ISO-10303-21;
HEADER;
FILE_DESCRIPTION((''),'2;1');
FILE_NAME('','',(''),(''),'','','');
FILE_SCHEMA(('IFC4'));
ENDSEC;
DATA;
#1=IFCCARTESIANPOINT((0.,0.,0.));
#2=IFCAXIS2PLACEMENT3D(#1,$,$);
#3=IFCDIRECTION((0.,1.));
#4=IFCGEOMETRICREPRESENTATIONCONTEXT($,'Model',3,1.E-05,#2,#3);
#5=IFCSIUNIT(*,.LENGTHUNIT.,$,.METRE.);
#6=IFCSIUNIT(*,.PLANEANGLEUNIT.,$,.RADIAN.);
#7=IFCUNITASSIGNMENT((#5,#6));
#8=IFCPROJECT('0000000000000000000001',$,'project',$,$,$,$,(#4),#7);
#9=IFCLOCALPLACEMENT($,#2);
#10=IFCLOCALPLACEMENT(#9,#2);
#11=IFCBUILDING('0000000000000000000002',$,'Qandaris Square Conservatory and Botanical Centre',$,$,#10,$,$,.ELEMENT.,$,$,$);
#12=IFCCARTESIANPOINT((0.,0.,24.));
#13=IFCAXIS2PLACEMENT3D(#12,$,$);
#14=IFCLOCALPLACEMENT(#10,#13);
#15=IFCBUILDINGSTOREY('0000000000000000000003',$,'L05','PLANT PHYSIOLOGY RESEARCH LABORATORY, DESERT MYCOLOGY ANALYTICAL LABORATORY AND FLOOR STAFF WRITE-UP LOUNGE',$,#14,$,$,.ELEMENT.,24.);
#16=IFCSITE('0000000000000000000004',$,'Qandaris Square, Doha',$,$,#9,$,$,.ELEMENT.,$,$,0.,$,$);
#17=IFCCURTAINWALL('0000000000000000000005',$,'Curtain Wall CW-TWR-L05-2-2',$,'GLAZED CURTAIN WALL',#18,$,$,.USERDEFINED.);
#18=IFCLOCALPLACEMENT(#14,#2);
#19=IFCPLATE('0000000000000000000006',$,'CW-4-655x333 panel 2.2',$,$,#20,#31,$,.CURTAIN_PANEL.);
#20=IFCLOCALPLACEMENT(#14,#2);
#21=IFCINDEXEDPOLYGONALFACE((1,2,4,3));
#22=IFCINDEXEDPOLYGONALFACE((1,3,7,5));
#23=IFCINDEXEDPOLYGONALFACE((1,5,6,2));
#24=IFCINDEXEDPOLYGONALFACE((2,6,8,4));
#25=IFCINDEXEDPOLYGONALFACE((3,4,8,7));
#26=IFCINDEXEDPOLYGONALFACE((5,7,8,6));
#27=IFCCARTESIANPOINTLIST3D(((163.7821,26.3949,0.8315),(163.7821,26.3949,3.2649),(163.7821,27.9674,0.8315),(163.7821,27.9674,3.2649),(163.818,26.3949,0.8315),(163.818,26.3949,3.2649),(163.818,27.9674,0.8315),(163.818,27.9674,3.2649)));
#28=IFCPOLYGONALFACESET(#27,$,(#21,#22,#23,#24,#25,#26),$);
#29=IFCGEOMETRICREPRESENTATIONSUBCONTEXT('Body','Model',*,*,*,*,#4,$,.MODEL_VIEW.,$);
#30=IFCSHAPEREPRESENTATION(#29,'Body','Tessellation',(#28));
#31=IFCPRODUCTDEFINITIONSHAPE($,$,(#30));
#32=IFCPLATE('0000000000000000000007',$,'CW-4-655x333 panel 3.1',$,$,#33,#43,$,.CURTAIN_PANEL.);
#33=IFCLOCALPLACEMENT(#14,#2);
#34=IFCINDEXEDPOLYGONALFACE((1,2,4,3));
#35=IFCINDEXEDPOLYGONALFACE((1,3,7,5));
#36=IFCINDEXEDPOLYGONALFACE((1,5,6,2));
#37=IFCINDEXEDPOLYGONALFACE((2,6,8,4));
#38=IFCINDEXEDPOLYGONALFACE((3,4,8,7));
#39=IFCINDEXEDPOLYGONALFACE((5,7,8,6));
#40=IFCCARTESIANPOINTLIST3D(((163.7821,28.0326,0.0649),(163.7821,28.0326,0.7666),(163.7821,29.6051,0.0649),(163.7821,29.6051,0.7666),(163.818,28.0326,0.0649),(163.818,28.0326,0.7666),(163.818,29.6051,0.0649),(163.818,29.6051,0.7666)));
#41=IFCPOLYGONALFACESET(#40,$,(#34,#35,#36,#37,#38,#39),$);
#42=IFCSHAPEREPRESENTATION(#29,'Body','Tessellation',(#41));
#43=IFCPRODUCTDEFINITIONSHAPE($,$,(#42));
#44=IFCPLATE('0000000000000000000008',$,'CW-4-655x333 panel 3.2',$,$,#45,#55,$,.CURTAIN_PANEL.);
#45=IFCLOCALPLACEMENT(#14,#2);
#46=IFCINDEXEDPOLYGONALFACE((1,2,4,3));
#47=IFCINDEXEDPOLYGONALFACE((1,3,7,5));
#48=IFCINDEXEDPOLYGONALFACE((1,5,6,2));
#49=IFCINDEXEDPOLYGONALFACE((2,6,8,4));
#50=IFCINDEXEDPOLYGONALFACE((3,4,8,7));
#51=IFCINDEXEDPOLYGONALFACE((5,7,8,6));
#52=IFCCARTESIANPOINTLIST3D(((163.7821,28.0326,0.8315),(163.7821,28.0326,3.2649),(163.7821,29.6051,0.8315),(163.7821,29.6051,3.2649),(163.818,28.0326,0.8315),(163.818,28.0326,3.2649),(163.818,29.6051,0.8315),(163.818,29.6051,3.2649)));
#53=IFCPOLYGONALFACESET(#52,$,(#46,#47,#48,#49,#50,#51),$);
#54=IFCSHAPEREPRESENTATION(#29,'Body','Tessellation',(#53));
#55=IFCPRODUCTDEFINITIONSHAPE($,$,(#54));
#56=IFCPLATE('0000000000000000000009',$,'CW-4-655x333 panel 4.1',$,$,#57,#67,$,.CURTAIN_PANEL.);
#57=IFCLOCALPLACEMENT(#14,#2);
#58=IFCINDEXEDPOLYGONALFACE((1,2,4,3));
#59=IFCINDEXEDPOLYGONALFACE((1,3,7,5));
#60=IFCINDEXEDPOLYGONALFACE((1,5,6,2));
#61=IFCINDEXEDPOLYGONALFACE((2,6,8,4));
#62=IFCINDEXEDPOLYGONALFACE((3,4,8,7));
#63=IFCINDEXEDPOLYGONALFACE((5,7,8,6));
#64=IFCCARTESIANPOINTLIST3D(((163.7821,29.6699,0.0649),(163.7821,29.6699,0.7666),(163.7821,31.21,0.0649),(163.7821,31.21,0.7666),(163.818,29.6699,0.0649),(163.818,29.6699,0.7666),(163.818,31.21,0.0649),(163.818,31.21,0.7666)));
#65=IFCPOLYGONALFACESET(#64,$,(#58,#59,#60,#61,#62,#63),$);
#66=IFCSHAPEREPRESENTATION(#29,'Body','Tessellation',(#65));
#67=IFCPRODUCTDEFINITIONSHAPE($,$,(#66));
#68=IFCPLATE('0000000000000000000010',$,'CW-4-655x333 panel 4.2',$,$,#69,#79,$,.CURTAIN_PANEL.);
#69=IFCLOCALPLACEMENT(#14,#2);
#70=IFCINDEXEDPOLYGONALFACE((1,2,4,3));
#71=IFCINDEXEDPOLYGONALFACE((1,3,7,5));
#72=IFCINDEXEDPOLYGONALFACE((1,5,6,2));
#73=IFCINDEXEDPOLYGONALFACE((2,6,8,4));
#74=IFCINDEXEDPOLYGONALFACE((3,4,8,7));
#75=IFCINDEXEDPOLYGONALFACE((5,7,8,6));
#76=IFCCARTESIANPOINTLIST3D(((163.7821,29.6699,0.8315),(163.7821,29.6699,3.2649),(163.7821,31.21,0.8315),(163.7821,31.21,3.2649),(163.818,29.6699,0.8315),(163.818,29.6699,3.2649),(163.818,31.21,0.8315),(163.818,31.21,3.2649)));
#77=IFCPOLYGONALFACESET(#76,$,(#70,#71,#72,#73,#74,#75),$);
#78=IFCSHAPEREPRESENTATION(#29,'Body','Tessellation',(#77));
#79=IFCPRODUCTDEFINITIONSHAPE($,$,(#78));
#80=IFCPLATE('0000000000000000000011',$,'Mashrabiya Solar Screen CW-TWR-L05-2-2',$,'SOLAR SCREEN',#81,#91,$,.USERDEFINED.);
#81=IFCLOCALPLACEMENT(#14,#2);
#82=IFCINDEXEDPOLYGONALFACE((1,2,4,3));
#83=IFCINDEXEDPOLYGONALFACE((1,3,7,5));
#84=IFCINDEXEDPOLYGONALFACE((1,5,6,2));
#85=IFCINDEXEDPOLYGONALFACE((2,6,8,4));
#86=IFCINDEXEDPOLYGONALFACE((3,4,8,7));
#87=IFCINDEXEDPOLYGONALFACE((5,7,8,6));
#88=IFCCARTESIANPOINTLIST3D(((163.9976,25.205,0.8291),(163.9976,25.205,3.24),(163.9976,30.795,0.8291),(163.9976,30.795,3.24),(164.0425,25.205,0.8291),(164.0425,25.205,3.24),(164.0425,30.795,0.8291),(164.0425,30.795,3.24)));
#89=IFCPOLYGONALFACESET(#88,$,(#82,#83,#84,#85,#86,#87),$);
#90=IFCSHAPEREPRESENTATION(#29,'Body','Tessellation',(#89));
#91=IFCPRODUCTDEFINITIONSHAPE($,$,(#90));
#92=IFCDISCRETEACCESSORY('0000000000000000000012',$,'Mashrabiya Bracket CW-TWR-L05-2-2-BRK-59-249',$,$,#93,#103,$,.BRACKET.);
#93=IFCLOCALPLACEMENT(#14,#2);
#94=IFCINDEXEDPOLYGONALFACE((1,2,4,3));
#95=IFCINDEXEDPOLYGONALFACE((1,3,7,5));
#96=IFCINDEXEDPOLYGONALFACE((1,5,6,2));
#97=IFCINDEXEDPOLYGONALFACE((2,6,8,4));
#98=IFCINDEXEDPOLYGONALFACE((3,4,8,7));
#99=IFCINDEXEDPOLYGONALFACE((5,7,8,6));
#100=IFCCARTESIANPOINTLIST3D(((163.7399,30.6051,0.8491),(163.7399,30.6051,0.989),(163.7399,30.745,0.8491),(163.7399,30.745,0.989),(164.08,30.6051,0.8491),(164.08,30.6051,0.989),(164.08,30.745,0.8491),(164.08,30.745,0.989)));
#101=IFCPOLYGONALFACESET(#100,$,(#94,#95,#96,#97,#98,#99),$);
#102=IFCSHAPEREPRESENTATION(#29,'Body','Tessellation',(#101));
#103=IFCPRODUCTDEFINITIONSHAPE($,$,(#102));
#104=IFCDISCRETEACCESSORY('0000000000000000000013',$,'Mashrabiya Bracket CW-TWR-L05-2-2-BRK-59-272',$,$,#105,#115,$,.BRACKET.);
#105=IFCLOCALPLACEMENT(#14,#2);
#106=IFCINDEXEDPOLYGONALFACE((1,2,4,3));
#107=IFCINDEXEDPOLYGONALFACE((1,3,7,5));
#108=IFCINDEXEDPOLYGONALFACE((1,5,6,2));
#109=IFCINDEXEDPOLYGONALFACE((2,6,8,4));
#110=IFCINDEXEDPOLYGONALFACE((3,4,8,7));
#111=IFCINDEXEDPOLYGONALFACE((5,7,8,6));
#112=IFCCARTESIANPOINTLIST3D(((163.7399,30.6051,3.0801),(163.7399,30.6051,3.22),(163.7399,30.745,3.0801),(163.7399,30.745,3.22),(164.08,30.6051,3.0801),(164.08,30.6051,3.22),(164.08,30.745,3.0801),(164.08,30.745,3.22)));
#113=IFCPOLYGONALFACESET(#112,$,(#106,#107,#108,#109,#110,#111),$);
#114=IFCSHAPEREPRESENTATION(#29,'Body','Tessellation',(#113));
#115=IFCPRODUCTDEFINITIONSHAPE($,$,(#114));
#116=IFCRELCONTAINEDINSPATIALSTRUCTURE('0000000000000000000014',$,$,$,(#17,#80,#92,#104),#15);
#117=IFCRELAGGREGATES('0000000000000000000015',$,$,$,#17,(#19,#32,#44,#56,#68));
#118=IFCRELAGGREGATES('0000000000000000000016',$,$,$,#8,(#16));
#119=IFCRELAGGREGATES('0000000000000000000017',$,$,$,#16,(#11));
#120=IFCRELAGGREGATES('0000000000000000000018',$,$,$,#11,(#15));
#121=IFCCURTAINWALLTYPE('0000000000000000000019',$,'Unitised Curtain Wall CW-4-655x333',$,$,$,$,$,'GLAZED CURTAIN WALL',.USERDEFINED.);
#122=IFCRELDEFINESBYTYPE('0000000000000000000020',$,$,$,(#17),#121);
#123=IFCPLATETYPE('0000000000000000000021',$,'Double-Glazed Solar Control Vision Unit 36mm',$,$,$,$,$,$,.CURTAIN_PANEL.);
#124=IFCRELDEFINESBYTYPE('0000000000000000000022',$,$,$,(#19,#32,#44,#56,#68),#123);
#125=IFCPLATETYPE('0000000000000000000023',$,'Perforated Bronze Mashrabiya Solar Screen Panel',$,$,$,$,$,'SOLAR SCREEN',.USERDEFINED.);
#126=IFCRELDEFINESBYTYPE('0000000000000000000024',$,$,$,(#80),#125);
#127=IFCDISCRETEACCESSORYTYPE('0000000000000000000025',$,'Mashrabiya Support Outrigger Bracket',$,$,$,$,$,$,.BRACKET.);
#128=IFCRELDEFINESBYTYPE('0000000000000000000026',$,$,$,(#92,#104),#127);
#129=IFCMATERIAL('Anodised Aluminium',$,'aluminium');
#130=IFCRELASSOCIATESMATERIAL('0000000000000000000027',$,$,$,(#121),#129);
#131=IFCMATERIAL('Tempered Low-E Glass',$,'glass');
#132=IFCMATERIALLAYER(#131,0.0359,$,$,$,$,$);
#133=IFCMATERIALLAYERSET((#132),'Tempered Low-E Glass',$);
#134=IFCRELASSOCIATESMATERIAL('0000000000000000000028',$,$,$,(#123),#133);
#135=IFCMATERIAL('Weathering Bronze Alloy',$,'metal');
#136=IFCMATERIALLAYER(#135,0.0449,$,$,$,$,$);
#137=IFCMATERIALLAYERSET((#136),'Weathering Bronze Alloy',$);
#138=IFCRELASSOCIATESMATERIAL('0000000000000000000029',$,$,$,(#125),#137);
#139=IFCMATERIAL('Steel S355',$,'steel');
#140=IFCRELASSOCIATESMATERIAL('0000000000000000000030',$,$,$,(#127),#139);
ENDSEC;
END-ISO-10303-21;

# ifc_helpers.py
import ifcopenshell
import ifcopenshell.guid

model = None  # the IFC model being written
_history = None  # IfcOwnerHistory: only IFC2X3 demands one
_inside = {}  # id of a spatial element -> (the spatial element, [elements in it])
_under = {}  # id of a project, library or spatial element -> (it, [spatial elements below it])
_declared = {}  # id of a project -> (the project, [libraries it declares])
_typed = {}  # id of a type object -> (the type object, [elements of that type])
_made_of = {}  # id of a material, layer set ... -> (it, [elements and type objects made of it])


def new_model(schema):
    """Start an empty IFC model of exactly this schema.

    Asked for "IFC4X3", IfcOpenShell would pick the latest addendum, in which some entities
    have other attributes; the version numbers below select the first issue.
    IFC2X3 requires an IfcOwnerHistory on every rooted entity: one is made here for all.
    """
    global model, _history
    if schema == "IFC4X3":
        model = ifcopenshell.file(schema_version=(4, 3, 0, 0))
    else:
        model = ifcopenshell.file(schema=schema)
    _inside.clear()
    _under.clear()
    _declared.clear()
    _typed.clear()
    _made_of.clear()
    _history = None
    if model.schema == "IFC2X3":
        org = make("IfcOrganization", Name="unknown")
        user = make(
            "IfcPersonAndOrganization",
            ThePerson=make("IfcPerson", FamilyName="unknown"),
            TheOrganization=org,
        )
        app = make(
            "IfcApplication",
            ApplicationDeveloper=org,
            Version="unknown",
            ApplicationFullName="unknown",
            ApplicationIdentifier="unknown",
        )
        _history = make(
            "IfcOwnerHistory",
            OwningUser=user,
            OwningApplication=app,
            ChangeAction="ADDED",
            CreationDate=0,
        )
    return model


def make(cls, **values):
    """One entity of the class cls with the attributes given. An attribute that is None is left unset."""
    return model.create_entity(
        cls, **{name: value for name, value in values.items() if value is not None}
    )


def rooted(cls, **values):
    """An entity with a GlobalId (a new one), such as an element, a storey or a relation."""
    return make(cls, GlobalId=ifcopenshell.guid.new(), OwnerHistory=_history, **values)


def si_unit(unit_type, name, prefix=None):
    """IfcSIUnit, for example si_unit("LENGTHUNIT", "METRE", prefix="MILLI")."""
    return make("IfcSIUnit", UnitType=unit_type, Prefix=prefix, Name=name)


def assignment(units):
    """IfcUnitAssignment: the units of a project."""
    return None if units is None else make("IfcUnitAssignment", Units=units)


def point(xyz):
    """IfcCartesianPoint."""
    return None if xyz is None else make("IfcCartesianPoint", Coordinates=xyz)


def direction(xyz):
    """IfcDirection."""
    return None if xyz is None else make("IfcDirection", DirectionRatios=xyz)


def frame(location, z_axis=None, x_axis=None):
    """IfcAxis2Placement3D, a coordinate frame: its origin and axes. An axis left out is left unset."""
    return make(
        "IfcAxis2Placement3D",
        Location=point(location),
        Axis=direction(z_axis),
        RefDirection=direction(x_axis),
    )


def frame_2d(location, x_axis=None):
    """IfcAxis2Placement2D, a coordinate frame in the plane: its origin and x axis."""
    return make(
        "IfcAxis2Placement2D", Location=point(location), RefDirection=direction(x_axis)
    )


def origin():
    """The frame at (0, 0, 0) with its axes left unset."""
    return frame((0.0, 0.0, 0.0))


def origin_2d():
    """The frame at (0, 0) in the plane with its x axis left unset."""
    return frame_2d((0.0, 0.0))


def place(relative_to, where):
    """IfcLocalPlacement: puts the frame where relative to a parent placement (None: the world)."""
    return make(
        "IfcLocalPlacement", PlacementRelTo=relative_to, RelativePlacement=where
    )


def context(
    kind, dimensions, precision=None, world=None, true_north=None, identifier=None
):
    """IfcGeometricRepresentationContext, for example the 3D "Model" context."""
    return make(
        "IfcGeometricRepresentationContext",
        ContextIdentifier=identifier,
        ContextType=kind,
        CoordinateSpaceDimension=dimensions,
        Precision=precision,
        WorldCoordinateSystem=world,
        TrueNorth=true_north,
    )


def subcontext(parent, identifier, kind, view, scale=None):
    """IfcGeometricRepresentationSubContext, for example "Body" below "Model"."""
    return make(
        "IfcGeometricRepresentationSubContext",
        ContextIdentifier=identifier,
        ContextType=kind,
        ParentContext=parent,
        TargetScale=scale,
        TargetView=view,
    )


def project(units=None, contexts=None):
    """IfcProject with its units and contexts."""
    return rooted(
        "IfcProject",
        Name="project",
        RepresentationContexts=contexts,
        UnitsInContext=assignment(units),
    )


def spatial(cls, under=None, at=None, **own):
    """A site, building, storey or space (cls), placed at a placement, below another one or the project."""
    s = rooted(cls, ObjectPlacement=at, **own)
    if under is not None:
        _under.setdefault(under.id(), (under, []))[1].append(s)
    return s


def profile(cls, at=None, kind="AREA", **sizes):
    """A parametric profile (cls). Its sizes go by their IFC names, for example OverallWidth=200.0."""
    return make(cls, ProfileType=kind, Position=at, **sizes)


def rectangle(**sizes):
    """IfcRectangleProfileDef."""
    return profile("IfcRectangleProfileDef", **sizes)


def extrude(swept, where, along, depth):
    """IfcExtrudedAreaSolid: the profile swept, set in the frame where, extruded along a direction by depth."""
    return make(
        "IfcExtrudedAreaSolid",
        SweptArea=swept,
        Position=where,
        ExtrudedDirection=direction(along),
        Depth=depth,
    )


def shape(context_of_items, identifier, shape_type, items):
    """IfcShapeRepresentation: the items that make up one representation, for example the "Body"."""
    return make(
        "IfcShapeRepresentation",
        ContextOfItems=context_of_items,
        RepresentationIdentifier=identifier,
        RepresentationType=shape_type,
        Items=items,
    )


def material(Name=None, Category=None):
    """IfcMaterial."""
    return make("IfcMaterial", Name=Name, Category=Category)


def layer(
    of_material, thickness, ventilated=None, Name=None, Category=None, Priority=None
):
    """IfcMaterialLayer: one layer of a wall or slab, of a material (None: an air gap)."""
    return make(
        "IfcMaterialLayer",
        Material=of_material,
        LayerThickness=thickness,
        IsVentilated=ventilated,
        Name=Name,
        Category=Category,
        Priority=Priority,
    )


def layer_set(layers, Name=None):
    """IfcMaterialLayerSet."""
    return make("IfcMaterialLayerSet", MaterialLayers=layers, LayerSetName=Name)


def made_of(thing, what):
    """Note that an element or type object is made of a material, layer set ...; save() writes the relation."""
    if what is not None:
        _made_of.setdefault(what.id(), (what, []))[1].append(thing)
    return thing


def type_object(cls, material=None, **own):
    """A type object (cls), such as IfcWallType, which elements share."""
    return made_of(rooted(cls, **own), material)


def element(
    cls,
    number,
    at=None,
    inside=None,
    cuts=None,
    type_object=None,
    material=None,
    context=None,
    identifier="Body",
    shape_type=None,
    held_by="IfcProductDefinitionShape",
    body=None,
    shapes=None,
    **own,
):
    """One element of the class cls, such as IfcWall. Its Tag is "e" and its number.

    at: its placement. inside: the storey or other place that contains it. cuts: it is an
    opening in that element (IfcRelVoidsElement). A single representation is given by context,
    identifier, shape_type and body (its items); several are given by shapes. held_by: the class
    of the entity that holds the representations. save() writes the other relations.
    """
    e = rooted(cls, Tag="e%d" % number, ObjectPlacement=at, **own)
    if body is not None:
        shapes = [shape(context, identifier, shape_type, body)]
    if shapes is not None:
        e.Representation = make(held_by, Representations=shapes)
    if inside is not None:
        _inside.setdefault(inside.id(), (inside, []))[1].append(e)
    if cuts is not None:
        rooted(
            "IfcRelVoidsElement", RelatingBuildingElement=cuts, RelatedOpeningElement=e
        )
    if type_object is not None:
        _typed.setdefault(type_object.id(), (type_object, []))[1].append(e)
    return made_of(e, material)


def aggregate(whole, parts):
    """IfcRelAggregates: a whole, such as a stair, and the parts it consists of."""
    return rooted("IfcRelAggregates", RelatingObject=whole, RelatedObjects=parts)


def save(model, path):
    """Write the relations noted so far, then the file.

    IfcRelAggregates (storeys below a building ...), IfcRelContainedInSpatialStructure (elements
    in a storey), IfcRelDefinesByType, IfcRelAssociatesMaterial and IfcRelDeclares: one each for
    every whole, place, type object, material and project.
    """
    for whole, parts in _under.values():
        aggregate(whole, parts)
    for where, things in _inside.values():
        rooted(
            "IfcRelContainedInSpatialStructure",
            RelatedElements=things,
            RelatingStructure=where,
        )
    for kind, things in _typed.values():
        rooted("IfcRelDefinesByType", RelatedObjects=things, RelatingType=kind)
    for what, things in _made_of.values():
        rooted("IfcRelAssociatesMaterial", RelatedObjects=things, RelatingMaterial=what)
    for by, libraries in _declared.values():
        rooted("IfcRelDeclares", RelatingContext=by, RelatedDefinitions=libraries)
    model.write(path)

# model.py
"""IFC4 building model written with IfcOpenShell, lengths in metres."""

from ifc_helpers import new_model, si_unit, direction, frame, origin, origin_2d, place, context, subcontext, project, spatial, rectangle, extrude, material, layer, layer_set, type_object, element, aggregate, save


model = new_model("IFC4")

# Units and contexts
model_context = context("Model", 3, precision=1e-05, world=origin(), true_north=direction((0.0, 1.0)))
body_context = subcontext(model_context, "Body", "Model", "MODEL_VIEW")
ifc_project = project(units=[si_unit("LENGTHUNIT", "METRE"), si_unit("PLANEANGLEUNIT", "RADIAN")], contexts=[model_context])

# Site, building, storey
site_placement = place(None, origin())
site = spatial("IfcSite", under=ifc_project, at=site_placement, Name="Qandaris Square, Doha", CompositionType="ELEMENT", RefElevation=0.0)
building_placement = place(site_placement, origin())
building = spatial("IfcBuilding", under=site, at=building_placement, Name="Qandaris Square Conservatory and Botanical Centre", CompositionType="ELEMENT")
storey_placement = place(building_placement, frame((0.0, 0.0, 24.0)))
storey = spatial("IfcBuildingStorey", under=building, at=storey_placement, Name="L05", Description="PLANT PHYSIOLOGY RESEARCH LABORATORY, DESERT MYCOLOGY ANALYTICAL LABORATORY AND FLOOR STAFF WRITE-UP LOUNGE", CompositionType="ELEMENT", Elevation=24.0)

# Shared definitions
ifc_material_1 = material(Name="Steel S355", Category="steel")

# Curtain wall, plates
ifc_material_2 = material(Name="Anodised Aluminium", Category="aluminium")
curtain_wall_type = type_object("IfcCurtainWallType", Name="Unitised Curtain Wall CW-4-655x333", ElementType="GLAZED CURTAIN WALL", PredefinedType="USERDEFINED", material=ifc_material_2)
curtain_wall_placement = place(storey_placement, origin())
curtain_wall = element("IfcCurtainWall", 1, at=curtain_wall_placement, inside=storey, type_object=curtain_wall_type, Name="Curtain Wall CW-TWR-L05-2-2", ObjectType="GLAZED CURTAIN WALL", PredefinedType="USERDEFINED")
ifc_material_3 = material(Name="Tempered Low-E Glass", Category="glass")
ifc_layer_1 = layer(ifc_material_3, 0.0359)
ifc_layer_set_1 = layer_set([ifc_layer_1], Name="Tempered Low-E Glass")
plate_type_1 = type_object("IfcPlateType", Name="Double-Glazed Solar Control Vision Unit 36mm", PredefinedType="CURTAIN_PANEL", material=ifc_layer_set_1)
plate_1_placement = place(storey_placement, frame((163.8, 27.1812, 0.8315), z_axis=(0.0, 0.0, 1.0), x_axis=(0.0, 1.0, 0.0)))
plate_1 = element("IfcPlate", 2, at=plate_1_placement, type_object=plate_type_1, Name="CW-4-655x333 panel 2.2", PredefinedType="CURTAIN_PANEL", context=body_context, shape_type="SweptSolid", body=[
    extrude(rectangle(XDim=1.5725, YDim=0.0359, at=origin_2d()), origin(), (0.0, 0.0, 1.0), 2.4333),
])
plate_2_placement = place(storey_placement, frame((163.8, 28.8188, 0.0649), z_axis=(0.0, 0.0, 1.0), x_axis=(0.0, 1.0, 0.0)))
plate_2 = element("IfcPlate", 3, at=plate_2_placement, type_object=plate_type_1, Name="CW-4-655x333 panel 3.1", PredefinedType="CURTAIN_PANEL", context=body_context, shape_type="SweptSolid", body=[
    extrude(rectangle(XDim=1.5725, YDim=0.0359, at=origin_2d()), origin(), (0.0, 0.0, 1.0), 0.7017),
])
plate_3_placement = place(storey_placement, frame((163.8, 28.8188, 0.8315), z_axis=(0.0, 0.0, 1.0), x_axis=(0.0, 1.0, 0.0)))
plate_3 = element("IfcPlate", 4, at=plate_3_placement, type_object=plate_type_1, Name="CW-4-655x333 panel 3.2", PredefinedType="CURTAIN_PANEL", context=body_context, shape_type="SweptSolid", body=[
    extrude(rectangle(XDim=1.5725, YDim=0.0359, at=origin_2d()), origin(), (0.0, 0.0, 1.0), 2.4333),
])
plate_4_placement = place(storey_placement, frame((163.8, 30.4399, 0.0649), z_axis=(0.0, 0.0, 1.0), x_axis=(0.0, 1.0, 0.0)))
plate_4 = element("IfcPlate", 5, at=plate_4_placement, type_object=plate_type_1, Name="CW-4-655x333 panel 4.1", PredefinedType="CURTAIN_PANEL", context=body_context, shape_type="SweptSolid", body=[
    extrude(rectangle(XDim=1.54, YDim=0.0359, at=origin_2d()), origin(), (0.0, 0.0, 1.0), 0.7017),
])
plate_5_placement = place(storey_placement, frame((163.8, 30.4399, 0.8315), z_axis=(0.0, 0.0, 1.0), x_axis=(0.0, 1.0, 0.0)))
plate_5 = element("IfcPlate", 6, at=plate_5_placement, type_object=plate_type_1, Name="CW-4-655x333 panel 4.2", PredefinedType="CURTAIN_PANEL", context=body_context, shape_type="SweptSolid", body=[
    extrude(rectangle(XDim=1.54, YDim=0.0359, at=origin_2d()), origin(), (0.0, 0.0, 1.0), 2.4333),
])
aggregate(curtain_wall, [plate_1, plate_2, plate_3, plate_4, plate_5])

# Plate
ifc_material_4 = material(Name="Weathering Bronze Alloy", Category="metal")
ifc_layer_2 = layer(ifc_material_4, 0.0449)
ifc_layer_set_2 = layer_set([ifc_layer_2], Name="Weathering Bronze Alloy")
plate_type_2 = type_object("IfcPlateType", Name="Perforated Bronze Mashrabiya Solar Screen Panel", ElementType="SOLAR SCREEN", PredefinedType="USERDEFINED", material=ifc_layer_set_2)
plate_6_placement = place(storey_placement, frame((164.02, 28.0, 0.8291), z_axis=(0.0, 0.0, 1.0), x_axis=(0.0, 1.0, 0.0)))
element("IfcPlate", 7, at=plate_6_placement, inside=storey, type_object=plate_type_2, Name="Mashrabiya Solar Screen CW-TWR-L05-2-2", ObjectType="SOLAR SCREEN", PredefinedType="USERDEFINED", context=body_context, shape_type="SweptSolid", body=[
    extrude(rectangle(XDim=5.5901, YDim=0.0449, at=origin_2d()), origin(), (0.0, 0.0, 1.0), 2.4109),
])

# Discrete accessories
discrete_accessory_type = type_object("IfcDiscreteAccessoryType", Name="Mashrabiya Support Outrigger Bracket", PredefinedType="BRACKET", material=ifc_material_1)
for number, where, z_axis, x_axis, name in (
    (8, (163.9099, 30.675, 0.8491), (0.0, 0.0, 1.0), (0.0, 1.0, 0.0), "Mashrabiya Bracket CW-TWR-L05-2-2-BRK-59-249"),
    (9, (163.9099, 30.675, 3.0801), (0.0, 0.0, 1.0), (0.0, 1.0, 0.0), "Mashrabiya Bracket CW-TWR-L05-2-2-BRK-59-272"),
):
    element("IfcDiscreteAccessory", number, at=place(storey_placement, frame(where, z_axis=z_axis, x_axis=x_axis)), inside=storey, type_object=discrete_accessory_type, Name=name, PredefinedType="BRACKET", context=body_context, shape_type="SweptSolid", body=[
        extrude(rectangle(XDim=0.1399, YDim=0.3401, at=origin_2d()), origin(), (0.0, 0.0, 1.0), 0.1399),
    ])

save(model, "model.ifc")
